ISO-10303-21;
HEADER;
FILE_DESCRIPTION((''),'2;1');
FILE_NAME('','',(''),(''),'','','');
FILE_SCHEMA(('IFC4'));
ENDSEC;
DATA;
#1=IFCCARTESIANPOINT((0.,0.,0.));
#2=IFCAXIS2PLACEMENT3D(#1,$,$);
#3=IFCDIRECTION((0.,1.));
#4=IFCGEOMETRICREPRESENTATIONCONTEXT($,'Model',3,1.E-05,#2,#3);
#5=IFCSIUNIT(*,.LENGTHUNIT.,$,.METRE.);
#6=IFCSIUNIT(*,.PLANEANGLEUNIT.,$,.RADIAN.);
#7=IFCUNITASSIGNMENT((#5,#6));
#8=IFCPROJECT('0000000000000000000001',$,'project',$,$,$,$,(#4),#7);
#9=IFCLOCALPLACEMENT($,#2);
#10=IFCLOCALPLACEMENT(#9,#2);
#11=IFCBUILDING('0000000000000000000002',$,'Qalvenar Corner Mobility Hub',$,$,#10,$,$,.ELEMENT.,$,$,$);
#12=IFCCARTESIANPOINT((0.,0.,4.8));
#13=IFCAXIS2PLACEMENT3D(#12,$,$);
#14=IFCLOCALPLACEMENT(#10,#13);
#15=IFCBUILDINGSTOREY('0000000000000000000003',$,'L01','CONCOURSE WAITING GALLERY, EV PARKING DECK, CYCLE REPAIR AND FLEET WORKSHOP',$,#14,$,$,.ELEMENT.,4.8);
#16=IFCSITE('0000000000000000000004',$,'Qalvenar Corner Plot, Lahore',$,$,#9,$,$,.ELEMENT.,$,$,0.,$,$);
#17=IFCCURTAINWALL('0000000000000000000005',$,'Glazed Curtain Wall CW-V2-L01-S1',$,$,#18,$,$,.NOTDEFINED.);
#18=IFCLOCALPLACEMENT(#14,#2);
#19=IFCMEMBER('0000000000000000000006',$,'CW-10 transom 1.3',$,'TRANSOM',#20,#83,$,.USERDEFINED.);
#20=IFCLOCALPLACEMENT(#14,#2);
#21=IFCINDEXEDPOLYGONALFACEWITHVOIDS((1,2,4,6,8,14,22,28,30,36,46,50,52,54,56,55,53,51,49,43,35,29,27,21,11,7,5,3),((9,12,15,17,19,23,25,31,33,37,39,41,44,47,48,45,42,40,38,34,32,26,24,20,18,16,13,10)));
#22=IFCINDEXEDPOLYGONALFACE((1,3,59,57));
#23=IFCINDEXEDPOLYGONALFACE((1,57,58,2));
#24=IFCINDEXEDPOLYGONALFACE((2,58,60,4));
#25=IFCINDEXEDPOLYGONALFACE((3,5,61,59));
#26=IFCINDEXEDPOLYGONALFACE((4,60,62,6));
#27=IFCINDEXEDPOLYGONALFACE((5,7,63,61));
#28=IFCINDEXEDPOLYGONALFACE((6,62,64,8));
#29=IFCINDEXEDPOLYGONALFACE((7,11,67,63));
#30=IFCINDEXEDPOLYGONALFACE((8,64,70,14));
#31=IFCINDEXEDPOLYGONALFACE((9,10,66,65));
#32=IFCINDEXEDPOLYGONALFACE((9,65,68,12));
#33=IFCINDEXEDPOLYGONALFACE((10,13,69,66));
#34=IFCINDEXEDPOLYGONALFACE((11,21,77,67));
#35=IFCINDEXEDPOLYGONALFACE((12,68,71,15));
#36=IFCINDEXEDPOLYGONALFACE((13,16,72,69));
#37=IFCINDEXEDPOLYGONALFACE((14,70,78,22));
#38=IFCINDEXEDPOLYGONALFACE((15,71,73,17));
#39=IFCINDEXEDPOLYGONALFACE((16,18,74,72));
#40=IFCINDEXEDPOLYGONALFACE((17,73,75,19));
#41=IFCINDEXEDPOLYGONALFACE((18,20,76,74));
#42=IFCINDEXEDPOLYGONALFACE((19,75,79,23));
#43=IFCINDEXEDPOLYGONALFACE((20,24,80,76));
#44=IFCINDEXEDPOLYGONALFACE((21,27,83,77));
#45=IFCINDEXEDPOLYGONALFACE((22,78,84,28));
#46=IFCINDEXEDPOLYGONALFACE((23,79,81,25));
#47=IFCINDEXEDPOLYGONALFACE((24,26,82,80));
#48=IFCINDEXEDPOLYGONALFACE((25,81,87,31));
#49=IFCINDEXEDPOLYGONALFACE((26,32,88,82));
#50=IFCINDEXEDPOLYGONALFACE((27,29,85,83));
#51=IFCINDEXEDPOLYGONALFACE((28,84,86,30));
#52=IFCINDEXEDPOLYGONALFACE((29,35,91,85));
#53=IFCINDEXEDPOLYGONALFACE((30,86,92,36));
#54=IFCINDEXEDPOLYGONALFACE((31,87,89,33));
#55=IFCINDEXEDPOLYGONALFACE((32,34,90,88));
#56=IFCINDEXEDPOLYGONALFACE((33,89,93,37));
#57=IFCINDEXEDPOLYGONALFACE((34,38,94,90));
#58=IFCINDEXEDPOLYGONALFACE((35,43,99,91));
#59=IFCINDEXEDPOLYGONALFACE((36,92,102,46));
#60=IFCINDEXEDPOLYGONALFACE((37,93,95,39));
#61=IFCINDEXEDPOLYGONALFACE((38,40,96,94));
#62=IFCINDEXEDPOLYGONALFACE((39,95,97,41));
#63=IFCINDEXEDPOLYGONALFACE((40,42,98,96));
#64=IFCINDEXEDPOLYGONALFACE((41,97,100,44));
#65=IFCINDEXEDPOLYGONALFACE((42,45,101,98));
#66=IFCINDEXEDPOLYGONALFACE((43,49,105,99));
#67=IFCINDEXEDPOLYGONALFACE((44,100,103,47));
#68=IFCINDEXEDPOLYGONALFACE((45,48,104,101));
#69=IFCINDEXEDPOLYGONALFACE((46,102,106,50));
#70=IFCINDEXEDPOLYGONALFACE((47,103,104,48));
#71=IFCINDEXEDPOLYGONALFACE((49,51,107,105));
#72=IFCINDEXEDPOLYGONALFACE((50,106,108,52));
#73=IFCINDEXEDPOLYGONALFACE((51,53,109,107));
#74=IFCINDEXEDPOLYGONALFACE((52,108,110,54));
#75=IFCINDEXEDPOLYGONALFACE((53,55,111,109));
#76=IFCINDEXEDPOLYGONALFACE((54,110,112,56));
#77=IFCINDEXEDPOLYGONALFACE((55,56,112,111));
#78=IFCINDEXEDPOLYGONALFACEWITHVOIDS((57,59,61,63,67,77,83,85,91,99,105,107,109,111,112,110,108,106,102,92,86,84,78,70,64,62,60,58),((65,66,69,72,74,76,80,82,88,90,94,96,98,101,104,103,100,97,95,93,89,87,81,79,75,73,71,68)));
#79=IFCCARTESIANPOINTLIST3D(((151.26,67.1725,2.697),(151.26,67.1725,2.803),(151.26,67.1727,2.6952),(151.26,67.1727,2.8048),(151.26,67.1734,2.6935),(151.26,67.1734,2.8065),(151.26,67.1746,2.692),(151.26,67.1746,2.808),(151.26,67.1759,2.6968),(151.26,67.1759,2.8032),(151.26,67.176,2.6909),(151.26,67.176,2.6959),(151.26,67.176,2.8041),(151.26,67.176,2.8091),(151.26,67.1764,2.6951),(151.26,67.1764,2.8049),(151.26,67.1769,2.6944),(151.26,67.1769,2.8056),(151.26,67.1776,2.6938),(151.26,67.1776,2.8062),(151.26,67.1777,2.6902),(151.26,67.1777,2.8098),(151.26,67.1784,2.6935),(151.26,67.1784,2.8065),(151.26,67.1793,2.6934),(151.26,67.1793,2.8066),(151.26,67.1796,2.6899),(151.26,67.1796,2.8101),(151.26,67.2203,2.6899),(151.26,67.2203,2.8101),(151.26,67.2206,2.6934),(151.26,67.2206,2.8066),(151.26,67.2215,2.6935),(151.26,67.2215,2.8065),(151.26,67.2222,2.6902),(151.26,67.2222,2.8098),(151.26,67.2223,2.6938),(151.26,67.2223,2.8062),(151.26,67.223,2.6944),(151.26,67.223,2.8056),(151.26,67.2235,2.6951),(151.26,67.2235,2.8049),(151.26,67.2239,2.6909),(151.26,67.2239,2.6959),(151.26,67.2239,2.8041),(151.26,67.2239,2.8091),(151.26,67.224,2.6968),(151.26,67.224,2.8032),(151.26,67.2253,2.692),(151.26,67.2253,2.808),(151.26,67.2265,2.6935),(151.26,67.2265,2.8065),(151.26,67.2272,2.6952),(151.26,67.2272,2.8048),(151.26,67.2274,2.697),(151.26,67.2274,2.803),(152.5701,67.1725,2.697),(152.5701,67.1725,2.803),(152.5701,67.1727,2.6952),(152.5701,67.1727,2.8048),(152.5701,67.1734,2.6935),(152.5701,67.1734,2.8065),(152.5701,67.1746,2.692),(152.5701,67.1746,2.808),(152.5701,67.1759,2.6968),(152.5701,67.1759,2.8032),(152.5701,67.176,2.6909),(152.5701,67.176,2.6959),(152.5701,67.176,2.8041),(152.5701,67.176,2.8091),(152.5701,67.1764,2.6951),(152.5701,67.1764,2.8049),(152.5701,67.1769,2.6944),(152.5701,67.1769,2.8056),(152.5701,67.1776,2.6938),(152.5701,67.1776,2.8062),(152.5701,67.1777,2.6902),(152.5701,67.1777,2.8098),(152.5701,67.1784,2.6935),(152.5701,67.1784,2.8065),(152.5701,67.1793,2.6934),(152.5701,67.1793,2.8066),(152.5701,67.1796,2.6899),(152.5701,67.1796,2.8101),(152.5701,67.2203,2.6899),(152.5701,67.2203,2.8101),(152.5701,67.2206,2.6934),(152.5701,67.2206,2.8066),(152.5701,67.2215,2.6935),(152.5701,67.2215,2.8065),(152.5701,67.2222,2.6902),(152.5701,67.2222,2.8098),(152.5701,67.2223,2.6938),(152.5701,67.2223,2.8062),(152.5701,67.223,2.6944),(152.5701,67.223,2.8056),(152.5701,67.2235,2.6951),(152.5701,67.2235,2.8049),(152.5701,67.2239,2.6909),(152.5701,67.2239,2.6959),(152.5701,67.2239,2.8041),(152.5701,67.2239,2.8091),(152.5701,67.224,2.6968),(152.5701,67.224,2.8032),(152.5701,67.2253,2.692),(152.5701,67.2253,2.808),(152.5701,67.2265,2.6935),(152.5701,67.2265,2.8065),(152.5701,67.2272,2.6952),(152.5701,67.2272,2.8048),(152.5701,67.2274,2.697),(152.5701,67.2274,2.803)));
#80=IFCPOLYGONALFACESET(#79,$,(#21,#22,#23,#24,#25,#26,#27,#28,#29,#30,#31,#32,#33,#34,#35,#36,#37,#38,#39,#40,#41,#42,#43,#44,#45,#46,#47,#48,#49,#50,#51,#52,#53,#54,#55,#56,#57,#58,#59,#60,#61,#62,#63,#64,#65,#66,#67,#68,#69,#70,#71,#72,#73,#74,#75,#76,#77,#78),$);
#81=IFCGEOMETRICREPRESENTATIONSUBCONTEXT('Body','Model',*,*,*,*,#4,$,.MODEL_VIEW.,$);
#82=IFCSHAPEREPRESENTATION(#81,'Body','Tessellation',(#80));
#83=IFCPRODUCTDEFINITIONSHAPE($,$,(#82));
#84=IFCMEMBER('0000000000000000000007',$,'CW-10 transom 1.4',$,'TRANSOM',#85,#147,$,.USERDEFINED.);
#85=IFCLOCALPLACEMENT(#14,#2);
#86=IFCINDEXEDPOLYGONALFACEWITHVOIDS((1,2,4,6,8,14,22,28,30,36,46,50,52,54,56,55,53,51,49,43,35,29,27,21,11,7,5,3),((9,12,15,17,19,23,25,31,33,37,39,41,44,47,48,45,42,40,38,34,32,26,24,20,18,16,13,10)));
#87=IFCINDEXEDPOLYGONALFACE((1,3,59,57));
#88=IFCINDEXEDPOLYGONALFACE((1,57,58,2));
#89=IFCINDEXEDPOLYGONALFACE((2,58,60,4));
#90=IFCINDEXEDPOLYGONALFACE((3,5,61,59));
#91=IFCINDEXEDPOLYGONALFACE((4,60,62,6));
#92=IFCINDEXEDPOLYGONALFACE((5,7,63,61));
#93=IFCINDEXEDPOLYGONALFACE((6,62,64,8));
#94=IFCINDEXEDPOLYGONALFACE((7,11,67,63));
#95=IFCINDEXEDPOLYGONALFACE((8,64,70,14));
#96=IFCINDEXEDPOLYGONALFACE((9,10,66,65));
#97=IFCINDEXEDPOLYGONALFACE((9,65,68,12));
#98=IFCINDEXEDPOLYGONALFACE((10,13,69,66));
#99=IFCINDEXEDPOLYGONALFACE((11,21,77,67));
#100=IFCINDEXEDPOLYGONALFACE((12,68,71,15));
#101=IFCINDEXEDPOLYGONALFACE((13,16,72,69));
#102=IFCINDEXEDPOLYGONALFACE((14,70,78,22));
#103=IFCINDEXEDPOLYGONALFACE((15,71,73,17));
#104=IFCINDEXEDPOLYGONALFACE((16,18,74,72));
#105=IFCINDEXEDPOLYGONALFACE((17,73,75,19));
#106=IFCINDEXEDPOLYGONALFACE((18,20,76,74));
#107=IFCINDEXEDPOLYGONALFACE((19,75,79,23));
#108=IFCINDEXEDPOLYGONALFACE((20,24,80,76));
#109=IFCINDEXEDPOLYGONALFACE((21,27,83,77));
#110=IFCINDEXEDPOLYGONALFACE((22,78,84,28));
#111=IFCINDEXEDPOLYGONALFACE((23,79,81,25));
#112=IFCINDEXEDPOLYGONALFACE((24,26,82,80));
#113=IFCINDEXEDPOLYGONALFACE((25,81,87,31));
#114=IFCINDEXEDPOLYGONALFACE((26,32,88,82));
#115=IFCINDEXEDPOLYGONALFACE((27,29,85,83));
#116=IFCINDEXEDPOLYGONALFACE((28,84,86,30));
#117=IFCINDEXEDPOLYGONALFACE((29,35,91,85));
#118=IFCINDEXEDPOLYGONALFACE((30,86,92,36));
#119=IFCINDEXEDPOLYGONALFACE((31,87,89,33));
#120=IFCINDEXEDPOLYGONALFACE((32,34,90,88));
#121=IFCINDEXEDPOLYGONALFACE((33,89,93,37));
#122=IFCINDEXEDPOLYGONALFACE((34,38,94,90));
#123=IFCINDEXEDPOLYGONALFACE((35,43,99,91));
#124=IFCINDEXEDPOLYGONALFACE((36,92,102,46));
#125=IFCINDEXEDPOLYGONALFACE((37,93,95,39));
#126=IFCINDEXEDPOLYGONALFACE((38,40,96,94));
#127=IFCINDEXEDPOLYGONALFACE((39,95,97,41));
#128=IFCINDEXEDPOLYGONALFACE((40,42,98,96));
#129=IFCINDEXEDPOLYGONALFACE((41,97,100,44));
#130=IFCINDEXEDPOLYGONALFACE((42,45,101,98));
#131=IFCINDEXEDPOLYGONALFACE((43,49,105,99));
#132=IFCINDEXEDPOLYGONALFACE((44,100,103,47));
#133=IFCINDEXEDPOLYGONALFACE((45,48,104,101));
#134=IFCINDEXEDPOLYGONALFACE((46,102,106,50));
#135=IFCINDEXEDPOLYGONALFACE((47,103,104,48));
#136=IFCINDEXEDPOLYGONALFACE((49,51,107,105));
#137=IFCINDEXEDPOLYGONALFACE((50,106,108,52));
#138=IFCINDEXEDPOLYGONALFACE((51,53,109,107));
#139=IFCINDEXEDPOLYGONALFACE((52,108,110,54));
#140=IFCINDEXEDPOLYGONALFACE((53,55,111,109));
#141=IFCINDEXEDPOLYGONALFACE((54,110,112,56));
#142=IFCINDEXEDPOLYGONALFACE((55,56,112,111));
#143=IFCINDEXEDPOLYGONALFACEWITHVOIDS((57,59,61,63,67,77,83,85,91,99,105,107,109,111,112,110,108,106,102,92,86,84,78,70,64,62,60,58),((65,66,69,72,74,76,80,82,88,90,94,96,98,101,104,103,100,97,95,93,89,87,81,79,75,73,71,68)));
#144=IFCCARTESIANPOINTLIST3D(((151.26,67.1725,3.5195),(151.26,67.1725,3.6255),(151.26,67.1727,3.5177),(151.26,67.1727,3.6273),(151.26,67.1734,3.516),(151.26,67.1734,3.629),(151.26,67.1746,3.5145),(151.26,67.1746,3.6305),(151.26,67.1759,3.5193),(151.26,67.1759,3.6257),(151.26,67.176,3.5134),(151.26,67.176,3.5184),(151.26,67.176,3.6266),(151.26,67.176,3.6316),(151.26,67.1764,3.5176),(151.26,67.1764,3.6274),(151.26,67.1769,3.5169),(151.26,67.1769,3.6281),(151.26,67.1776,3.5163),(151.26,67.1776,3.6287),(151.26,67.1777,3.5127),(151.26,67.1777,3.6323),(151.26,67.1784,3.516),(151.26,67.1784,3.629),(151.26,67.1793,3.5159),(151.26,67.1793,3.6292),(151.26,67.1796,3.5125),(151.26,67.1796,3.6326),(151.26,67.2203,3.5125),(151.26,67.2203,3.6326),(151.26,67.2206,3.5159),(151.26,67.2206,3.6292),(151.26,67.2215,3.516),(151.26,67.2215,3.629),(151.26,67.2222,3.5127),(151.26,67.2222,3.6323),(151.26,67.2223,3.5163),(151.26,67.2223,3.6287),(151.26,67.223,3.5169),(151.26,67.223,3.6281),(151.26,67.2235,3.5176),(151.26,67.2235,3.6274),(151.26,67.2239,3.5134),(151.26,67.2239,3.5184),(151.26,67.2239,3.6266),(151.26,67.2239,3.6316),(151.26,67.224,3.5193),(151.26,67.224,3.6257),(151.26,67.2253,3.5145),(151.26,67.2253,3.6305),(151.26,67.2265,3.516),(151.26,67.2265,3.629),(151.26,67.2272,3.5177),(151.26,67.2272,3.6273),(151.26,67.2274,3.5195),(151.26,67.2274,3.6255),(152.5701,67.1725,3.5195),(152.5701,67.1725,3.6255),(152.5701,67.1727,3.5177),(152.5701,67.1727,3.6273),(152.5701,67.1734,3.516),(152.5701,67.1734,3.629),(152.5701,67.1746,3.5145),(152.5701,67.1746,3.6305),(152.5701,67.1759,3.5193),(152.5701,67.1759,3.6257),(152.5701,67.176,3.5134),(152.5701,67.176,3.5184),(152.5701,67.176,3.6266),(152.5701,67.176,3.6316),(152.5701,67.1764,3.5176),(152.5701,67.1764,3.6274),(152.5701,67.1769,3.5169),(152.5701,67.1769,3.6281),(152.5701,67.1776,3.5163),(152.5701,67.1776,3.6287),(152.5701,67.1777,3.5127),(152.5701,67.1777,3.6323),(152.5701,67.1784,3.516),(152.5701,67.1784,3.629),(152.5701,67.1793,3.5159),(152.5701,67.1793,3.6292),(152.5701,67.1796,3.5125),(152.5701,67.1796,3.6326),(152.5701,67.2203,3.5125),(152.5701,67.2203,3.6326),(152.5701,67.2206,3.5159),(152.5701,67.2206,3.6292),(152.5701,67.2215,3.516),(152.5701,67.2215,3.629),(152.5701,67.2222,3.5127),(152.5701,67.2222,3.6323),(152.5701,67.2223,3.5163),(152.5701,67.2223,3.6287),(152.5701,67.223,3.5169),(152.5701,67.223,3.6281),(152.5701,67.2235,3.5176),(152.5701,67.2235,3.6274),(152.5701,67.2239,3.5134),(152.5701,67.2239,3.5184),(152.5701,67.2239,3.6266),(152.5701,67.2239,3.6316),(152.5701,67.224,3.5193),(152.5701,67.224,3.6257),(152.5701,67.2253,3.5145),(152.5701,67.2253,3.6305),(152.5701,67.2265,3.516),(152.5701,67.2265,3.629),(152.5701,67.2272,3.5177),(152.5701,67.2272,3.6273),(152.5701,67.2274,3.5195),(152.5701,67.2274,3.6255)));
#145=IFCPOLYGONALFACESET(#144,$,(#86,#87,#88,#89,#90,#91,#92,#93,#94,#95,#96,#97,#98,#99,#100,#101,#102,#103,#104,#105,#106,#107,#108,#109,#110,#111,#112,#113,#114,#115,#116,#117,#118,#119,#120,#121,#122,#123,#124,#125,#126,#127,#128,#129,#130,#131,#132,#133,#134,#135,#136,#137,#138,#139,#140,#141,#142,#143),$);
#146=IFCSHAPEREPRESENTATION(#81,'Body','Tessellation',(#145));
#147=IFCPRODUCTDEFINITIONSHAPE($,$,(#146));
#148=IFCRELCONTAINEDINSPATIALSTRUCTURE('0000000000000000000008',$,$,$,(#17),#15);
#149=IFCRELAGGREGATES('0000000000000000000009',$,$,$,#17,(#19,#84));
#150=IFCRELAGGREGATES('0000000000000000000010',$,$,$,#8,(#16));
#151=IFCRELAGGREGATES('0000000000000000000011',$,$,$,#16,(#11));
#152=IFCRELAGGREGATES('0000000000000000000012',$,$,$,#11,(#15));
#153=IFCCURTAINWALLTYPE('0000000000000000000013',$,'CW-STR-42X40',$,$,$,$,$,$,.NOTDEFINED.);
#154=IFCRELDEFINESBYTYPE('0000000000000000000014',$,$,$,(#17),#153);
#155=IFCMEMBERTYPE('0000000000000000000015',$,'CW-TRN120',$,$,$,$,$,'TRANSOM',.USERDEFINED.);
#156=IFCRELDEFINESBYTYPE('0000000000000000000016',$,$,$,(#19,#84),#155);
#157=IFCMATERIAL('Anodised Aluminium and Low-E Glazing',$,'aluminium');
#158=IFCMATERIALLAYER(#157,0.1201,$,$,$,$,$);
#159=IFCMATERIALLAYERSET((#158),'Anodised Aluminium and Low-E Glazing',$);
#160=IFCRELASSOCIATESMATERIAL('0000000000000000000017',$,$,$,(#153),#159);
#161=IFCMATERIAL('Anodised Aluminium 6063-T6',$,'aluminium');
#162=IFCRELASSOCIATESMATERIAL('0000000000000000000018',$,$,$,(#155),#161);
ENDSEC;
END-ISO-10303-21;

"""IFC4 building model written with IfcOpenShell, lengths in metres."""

from ifc_helpers import new_model, si_unit, direction, frame, origin, origin_2d, place, context, subcontext, project, spatial, hollow_rectangle, extrude, material, layer, layer_set, material_profile, profile_set, type_object, element, aggregate, save


model = new_model("IFC4")

# Units and contexts
model_context = context("Model", 3, precision=1e-05, world=origin(), true_north=direction((0.0, 1.0)))
body_context = subcontext(model_context, "Body", "Model", "MODEL_VIEW")
ifc_project = project(units=[si_unit("LENGTHUNIT", "METRE"), si_unit("PLANEANGLEUNIT", "RADIAN")], contexts=[model_context])

# Site, building, storey
site_placement = place(None, origin())
site = spatial("IfcSite", under=ifc_project, at=site_placement, Name="Qalvenar Corner Plot, Lahore", CompositionType="ELEMENT", RefElevation=0.0)
building_placement = place(site_placement, origin())
building = spatial("IfcBuilding", under=site, at=building_placement, Name="Qalvenar Corner Mobility Hub", CompositionType="ELEMENT")
storey_placement = place(building_placement, frame((0.0, 0.0, 4.8)))
storey = spatial("IfcBuildingStorey", under=building, at=storey_placement, Name="L01", Description="CONCOURSE WAITING GALLERY, EV PARKING DECK, CYCLE REPAIR AND FLEET WORKSHOP", CompositionType="ELEMENT", Elevation=4.8)

# Curtain wall, members
ifc_material_1 = material(Name="Anodised Aluminium and Low-E Glazing", Category="aluminium")
ifc_layer_1 = layer(ifc_material_1, 0.1201)
ifc_layer_set_1 = layer_set([ifc_layer_1], Name="Anodised Aluminium and Low-E Glazing")
curtain_wall_type = type_object("IfcCurtainWallType", Name="CW-STR-42X40", PredefinedType="NOTDEFINED", material=ifc_layer_set_1)
curtain_wall_placement = place(storey_placement, origin())
curtain_wall = element("IfcCurtainWall", 1, at=curtain_wall_placement, inside=storey, type_object=curtain_wall_type, Name="Glazed Curtain Wall CW-V2-L01-S1", PredefinedType="NOTDEFINED")
ifc_material_2 = material(Name="Anodised Aluminium 6063-T6", Category="aluminium")
ifc_material_profile_1 = material_profile(ifc_material_2, hollow_rectangle(XDim=0.0549, YDim=0.1201, WallThickness=0.0034, InnerFilletRadius=0.0034, OuterFilletRadius=0.0071, at=origin_2d()), Name="RHS120x55x3.5")
ifc_profile_set_1 = profile_set([ifc_material_profile_1], Name="Anodised Aluminium 6063-T6")
member_type_1 = type_object("IfcMemberType", Name="CW-TRN120", ElementType="TRANSOM", PredefinedType="USERDEFINED", material=ifc_profile_set_1)
member_1_placement = place(storey_placement, frame((151.26, 67.2, 2.75), z_axis=(1.0, 0.0, 0.0), x_axis=(0.0, 1.0, 0.0)))
member_1 = element("IfcMember", 2, at=member_1_placement, type_object=member_type_1, Name="CW-10 transom 1.3", ObjectType="TRANSOM", PredefinedType="USERDEFINED", context=body_context, shape_type="SweptSolid", body=[
    extrude(hollow_rectangle(XDim=0.0549, YDim=0.1201, WallThickness=0.0034, InnerFilletRadius=0.0034, OuterFilletRadius=0.0071, at=origin_2d()), origin(), (0.0, 0.0, 1.0), 1.3101),
])
member_2_placement = place(storey_placement, frame((151.26, 67.2, 3.5725), z_axis=(1.0, 0.0, 0.0), x_axis=(0.0, 1.0, 0.0)))
member_2 = element("IfcMember", 3, at=member_2_placement, type_object=member_type_1, Name="CW-10 transom 1.4", ObjectType="TRANSOM", PredefinedType="USERDEFINED", context=body_context, shape_type="SweptSolid", body=[
    extrude(hollow_rectangle(XDim=0.0549, YDim=0.1201, WallThickness=0.0034, InnerFilletRadius=0.0034, OuterFilletRadius=0.0071, at=origin_2d()), origin(), (0.0, 0.0, 1.0), 1.3101),
])
aggregate(curtain_wall, [member_1, member_2])

save(model, "model.ifc")
